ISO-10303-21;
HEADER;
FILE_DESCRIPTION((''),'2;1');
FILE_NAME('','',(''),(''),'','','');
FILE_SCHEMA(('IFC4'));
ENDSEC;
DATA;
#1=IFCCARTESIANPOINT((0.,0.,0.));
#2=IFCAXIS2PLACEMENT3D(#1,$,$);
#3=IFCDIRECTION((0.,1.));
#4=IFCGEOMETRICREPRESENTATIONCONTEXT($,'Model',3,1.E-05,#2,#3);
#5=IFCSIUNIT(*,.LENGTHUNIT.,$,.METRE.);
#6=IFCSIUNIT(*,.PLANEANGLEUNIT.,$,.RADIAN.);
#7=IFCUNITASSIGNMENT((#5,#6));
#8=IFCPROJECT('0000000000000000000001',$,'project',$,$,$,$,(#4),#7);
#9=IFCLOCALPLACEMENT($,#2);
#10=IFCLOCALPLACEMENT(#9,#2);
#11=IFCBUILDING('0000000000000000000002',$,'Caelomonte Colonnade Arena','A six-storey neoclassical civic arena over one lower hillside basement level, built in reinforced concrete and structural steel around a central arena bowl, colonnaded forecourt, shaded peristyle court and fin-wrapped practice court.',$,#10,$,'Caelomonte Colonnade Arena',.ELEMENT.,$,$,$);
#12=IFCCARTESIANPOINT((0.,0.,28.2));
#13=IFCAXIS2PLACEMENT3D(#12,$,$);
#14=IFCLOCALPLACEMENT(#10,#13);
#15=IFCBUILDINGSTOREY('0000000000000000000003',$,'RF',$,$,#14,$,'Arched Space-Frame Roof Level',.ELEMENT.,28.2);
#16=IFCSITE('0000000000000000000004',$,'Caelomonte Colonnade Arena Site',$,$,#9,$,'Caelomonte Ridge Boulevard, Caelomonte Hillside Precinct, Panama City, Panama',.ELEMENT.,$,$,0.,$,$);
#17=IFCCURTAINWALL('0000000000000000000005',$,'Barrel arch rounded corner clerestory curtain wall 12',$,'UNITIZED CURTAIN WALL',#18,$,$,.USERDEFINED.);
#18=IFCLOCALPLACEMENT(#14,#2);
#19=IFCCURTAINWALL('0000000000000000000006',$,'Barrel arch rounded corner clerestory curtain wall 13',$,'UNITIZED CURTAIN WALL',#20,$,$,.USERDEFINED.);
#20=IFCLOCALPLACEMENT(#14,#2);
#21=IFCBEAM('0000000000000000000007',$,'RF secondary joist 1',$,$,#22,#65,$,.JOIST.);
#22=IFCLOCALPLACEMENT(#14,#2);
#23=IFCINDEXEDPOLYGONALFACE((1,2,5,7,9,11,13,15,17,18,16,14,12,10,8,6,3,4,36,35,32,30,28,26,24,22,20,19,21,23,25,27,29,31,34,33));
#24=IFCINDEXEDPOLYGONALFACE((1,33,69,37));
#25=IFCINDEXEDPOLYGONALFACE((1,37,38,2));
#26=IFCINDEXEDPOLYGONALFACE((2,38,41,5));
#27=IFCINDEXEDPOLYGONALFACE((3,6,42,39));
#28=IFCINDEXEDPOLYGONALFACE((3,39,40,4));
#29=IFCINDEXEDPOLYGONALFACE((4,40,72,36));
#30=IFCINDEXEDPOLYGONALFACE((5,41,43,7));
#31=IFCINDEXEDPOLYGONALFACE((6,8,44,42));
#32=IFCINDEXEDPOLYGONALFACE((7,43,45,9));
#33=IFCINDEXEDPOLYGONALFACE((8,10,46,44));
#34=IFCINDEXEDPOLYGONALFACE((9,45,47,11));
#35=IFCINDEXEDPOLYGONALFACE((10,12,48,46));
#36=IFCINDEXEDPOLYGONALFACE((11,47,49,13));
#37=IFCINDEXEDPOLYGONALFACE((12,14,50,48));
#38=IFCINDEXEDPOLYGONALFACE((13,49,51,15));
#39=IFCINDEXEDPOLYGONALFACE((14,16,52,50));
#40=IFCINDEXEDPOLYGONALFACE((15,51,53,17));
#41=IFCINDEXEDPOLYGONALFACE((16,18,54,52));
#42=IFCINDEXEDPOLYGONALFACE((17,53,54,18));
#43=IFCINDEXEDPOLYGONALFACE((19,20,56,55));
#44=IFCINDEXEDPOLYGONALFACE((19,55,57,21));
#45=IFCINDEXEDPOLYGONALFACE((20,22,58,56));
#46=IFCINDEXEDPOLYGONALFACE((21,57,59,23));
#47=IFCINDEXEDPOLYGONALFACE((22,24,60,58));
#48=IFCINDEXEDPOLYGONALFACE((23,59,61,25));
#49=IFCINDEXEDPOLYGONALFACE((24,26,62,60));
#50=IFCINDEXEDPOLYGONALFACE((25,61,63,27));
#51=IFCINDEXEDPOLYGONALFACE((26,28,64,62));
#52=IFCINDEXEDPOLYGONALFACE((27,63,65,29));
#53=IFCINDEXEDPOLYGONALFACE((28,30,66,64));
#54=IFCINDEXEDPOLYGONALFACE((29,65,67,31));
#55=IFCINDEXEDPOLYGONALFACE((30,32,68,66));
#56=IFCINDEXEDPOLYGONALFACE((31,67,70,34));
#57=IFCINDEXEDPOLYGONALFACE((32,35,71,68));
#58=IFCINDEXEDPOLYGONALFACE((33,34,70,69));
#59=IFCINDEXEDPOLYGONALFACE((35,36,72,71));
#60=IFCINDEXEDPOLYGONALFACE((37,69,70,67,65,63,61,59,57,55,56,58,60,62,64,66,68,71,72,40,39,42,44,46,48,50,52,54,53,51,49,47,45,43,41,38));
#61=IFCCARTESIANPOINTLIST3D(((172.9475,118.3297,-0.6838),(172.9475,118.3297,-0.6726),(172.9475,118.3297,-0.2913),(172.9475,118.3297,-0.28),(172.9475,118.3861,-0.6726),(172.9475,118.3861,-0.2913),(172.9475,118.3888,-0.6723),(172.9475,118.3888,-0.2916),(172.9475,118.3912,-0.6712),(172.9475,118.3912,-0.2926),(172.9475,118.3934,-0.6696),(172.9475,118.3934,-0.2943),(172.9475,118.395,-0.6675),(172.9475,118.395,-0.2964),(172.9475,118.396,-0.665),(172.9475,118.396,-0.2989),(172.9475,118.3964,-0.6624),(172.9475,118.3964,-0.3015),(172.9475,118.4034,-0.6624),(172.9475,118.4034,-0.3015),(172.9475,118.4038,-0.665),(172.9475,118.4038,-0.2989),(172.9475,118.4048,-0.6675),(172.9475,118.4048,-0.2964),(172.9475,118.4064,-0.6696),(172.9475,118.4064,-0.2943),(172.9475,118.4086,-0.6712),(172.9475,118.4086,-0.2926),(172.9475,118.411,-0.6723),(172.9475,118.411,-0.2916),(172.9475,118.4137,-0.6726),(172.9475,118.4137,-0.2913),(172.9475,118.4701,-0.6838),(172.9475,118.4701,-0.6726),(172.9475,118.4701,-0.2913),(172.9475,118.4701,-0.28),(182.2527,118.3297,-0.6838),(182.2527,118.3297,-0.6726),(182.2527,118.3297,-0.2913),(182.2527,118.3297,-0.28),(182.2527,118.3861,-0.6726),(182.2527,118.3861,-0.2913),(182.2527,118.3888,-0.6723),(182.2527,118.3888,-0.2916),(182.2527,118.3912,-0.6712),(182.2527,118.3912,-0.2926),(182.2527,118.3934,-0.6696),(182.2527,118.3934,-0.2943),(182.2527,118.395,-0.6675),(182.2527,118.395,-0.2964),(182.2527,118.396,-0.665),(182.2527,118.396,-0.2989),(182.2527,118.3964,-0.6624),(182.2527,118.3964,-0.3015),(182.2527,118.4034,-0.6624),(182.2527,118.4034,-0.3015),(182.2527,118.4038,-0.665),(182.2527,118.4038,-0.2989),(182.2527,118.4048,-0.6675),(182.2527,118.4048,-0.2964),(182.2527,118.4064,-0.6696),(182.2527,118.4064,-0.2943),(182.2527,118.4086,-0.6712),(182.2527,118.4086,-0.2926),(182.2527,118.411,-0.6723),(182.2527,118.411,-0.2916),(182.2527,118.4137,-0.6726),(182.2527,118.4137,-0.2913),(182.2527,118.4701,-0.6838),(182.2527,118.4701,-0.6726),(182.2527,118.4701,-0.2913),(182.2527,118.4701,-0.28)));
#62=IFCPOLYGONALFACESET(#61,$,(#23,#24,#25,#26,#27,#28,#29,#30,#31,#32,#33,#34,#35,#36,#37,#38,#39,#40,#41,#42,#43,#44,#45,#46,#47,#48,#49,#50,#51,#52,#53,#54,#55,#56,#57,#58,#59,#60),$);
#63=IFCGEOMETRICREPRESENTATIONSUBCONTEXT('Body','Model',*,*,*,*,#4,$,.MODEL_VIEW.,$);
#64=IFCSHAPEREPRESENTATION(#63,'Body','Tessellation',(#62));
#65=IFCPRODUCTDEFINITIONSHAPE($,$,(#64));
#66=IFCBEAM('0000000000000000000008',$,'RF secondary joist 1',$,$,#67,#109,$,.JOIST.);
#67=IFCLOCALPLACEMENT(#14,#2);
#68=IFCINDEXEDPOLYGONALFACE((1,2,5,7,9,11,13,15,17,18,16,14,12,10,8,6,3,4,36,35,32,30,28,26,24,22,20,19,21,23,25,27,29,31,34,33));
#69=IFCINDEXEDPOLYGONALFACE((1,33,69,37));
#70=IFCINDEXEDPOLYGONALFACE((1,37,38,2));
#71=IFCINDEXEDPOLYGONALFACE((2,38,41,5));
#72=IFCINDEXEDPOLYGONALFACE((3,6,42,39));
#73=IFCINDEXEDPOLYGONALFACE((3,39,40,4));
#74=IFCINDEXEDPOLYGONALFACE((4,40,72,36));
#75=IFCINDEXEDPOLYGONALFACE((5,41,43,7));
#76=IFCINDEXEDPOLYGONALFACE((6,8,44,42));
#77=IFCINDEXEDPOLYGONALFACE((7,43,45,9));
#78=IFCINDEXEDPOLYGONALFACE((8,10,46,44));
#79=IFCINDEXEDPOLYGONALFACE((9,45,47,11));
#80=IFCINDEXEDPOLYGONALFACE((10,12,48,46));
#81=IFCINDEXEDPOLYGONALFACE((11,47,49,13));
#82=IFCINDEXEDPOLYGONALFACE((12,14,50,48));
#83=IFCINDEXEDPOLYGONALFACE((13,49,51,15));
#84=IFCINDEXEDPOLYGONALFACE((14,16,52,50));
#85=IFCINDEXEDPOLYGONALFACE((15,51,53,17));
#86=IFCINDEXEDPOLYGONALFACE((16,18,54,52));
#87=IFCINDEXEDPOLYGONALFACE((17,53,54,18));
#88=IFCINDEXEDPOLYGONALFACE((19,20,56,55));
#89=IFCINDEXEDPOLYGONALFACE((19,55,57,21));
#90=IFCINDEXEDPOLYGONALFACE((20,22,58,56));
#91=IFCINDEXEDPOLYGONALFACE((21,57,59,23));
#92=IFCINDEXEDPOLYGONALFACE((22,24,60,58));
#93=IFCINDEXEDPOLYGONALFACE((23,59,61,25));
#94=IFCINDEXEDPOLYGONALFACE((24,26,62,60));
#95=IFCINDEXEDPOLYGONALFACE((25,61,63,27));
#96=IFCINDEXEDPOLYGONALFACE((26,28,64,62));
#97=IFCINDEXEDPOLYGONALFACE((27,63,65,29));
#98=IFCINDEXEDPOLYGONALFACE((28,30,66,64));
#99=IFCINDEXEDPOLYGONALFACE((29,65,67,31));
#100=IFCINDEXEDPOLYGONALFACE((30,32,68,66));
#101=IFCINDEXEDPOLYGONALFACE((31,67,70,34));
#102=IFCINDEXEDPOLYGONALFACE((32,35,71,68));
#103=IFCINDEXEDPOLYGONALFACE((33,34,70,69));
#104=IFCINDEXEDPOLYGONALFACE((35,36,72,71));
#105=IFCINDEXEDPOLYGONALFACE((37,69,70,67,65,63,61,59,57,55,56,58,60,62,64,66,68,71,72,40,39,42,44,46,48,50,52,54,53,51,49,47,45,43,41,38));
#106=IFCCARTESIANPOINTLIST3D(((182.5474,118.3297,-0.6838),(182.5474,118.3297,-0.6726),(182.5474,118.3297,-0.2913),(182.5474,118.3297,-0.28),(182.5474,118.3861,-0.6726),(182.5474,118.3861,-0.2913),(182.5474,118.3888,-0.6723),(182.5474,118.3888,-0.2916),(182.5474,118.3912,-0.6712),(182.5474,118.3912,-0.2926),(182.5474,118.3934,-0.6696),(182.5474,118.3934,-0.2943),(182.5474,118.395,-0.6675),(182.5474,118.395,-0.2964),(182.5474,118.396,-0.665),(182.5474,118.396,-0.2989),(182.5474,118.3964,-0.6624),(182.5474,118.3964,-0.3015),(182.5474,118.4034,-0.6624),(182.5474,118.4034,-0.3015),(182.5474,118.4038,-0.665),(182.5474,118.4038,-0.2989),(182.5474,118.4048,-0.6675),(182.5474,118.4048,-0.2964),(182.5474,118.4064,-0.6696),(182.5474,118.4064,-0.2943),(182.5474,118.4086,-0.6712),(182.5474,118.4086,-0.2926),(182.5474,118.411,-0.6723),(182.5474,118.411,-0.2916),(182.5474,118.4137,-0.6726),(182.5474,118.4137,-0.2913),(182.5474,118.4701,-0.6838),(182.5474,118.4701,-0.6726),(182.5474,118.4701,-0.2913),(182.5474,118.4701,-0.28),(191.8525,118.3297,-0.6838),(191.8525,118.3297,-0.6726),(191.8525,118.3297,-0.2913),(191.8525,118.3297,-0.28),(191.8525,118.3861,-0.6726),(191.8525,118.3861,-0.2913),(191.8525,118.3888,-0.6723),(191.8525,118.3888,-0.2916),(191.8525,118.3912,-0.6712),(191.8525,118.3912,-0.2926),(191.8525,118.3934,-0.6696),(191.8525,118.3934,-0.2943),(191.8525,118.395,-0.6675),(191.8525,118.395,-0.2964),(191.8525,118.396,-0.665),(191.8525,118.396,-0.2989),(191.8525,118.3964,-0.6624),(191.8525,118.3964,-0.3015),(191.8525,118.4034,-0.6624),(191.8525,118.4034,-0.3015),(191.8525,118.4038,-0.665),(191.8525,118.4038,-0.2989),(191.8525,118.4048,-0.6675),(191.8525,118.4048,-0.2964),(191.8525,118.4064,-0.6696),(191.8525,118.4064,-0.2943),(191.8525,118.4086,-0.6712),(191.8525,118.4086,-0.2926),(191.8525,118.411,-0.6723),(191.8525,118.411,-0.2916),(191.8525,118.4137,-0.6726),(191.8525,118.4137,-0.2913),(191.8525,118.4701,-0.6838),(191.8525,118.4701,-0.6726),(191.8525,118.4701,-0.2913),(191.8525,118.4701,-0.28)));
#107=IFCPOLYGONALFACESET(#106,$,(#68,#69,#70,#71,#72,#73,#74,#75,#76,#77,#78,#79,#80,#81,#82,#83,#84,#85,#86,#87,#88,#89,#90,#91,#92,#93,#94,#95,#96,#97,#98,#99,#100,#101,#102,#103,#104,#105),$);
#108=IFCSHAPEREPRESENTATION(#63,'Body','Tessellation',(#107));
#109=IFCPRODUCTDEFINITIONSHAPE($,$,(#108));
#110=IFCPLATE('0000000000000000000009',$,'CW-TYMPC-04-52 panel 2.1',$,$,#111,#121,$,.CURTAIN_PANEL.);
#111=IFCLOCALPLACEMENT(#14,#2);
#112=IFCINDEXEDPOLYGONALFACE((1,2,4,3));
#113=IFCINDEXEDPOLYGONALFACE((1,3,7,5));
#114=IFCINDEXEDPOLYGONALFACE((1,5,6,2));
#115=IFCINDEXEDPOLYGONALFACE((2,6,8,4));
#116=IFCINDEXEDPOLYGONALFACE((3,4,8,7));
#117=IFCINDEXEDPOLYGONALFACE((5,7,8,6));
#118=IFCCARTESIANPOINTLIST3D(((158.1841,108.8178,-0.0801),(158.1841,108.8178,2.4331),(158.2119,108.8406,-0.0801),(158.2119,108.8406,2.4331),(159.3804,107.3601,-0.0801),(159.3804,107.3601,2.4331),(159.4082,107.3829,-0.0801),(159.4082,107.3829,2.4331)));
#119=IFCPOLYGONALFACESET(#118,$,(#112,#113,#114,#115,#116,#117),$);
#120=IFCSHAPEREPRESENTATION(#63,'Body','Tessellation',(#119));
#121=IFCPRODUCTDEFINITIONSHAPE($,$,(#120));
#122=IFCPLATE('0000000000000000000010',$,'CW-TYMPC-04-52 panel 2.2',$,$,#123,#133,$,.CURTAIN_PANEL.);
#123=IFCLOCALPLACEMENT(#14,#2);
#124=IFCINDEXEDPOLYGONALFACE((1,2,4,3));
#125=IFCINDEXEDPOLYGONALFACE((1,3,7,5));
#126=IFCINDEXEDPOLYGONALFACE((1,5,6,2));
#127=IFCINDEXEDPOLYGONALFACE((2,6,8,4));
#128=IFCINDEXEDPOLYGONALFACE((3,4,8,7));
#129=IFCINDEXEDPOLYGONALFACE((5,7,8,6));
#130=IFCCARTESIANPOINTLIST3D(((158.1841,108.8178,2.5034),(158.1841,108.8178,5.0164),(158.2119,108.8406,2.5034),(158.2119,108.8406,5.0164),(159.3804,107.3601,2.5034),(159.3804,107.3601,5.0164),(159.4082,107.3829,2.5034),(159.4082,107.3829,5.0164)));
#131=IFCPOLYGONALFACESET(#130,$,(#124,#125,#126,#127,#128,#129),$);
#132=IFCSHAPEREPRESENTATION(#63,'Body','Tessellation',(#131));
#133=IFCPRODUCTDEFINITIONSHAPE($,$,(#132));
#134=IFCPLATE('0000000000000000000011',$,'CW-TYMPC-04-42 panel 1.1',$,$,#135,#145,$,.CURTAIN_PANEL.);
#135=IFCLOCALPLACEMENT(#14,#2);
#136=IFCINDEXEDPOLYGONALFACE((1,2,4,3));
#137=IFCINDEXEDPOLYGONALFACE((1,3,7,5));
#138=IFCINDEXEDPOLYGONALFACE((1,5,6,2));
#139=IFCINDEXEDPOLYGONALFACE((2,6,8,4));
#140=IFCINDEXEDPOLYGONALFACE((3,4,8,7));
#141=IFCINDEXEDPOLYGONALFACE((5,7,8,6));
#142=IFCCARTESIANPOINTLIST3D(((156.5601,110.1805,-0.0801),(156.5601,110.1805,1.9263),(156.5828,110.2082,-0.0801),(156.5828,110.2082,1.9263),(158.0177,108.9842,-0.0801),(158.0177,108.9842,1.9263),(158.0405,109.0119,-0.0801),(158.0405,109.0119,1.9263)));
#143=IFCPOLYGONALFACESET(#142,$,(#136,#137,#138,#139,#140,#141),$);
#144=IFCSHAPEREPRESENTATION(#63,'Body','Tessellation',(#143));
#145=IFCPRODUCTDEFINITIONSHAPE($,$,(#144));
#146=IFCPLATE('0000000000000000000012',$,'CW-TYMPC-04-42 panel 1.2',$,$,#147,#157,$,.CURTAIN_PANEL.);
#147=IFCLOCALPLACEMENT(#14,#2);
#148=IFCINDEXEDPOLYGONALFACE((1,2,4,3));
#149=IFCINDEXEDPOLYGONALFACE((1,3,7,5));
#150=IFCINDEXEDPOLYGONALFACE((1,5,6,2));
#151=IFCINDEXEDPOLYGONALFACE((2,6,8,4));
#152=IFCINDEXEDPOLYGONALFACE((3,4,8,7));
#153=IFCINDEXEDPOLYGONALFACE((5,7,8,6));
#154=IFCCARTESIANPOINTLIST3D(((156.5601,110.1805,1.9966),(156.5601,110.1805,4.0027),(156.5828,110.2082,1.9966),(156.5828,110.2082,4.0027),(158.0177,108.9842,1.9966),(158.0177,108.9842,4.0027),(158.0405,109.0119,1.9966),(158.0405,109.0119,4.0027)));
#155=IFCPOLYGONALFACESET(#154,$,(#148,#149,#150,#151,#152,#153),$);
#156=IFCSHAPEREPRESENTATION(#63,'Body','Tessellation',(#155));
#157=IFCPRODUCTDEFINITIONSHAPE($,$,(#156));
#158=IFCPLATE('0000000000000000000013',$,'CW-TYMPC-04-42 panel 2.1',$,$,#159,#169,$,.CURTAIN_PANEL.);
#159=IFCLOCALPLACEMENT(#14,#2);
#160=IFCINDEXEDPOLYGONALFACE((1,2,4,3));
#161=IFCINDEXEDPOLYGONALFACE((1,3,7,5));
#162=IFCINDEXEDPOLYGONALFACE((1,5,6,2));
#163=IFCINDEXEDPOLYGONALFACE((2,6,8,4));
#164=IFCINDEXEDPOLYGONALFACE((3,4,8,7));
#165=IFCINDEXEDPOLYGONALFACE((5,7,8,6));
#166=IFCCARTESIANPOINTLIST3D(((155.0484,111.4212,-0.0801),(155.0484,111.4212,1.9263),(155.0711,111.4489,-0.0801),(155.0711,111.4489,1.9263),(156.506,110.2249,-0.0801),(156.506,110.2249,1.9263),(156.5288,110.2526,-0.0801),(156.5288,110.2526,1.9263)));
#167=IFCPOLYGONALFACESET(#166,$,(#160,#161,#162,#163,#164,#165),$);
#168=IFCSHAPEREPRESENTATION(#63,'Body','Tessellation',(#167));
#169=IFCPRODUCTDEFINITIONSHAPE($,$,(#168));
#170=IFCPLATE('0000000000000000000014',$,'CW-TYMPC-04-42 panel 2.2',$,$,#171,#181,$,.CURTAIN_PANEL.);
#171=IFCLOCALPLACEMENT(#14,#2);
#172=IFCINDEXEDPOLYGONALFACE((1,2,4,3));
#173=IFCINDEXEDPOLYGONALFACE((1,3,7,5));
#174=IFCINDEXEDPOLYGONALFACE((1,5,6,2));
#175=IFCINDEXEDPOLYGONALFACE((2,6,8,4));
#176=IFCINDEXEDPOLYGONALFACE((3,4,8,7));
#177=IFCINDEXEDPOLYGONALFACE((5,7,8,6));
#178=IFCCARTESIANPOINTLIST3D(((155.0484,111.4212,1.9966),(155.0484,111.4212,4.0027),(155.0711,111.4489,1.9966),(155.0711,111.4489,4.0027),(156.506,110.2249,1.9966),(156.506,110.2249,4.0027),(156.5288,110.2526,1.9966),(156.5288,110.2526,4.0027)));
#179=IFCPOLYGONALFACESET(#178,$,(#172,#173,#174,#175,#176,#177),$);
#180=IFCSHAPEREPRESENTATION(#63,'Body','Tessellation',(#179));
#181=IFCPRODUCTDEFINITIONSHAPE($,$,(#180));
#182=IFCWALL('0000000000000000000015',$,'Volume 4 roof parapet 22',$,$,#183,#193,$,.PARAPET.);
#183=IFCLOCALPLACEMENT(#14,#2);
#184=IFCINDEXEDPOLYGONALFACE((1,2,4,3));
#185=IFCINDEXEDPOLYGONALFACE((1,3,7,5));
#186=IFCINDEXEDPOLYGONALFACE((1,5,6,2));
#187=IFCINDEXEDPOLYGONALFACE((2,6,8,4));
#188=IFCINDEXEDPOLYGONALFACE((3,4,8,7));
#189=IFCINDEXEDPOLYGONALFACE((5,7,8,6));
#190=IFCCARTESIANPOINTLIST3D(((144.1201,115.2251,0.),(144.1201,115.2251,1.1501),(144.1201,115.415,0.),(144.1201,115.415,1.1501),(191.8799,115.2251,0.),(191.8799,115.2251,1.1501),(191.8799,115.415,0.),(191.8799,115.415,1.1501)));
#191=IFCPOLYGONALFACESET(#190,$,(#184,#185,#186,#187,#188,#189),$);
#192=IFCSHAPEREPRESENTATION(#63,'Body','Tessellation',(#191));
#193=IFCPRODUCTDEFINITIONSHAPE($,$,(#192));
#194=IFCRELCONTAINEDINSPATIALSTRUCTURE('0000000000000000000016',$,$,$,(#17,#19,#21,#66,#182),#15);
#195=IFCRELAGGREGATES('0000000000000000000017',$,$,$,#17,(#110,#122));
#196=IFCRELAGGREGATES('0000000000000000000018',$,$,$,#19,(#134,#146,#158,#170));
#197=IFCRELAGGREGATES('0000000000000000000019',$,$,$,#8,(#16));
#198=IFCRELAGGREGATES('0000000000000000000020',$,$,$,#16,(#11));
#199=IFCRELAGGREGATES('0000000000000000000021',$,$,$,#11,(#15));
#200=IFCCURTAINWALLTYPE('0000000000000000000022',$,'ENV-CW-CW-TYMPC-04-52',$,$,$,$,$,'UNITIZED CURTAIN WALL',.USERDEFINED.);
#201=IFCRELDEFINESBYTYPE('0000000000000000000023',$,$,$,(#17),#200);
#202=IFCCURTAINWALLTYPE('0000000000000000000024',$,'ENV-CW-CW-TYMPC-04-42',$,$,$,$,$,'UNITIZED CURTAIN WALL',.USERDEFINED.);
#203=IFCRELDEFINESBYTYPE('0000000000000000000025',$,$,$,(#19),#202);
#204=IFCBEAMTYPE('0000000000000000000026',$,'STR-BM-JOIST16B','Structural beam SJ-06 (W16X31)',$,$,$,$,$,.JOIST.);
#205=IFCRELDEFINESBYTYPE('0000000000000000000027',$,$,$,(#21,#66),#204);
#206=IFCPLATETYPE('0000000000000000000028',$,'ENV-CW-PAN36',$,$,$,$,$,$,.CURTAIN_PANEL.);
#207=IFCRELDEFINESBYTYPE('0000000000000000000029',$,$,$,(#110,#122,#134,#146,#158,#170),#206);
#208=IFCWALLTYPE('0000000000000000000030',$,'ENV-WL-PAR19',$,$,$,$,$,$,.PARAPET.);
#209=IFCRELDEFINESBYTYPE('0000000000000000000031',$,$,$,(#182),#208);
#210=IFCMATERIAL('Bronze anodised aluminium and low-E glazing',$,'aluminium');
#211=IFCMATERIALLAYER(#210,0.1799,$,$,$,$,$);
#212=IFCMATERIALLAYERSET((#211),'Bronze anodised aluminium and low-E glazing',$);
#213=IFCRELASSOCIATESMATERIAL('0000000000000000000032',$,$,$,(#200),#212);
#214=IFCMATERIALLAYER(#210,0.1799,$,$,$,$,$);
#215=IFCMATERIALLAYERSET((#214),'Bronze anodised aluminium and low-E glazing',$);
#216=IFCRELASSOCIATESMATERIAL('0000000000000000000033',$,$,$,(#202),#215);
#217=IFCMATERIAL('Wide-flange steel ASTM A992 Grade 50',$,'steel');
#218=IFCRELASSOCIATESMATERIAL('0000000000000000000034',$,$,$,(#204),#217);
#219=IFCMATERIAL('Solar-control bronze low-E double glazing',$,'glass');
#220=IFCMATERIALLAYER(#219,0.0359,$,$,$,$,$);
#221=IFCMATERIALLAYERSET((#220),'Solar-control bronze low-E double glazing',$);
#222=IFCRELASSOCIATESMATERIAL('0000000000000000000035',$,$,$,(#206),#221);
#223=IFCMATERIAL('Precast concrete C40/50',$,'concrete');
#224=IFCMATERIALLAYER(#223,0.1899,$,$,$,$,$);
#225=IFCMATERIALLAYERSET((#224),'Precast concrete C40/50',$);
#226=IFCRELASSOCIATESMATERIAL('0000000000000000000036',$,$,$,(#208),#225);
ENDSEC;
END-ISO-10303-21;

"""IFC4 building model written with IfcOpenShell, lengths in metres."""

from ifc_helpers import new_model, si_unit, direction, frame, frame_2d, origin, origin_2d, place, context, subcontext, project, spatial, rectangle, i_section, extrude, material, layer, layer_set, material_profile, profile_set, type_object, element, aggregate, save


model = new_model("IFC4")

# Units and contexts
model_context = context("Model", 3, precision=1e-05, world=origin(), true_north=direction((0.0, 1.0)))
body_context = subcontext(model_context, "Body", "Model", "MODEL_VIEW")
ifc_project = project(units=[si_unit("LENGTHUNIT", "METRE"), si_unit("PLANEANGLEUNIT", "RADIAN")], contexts=[model_context])

# Site, building, storey
site_placement = place(None, origin())
site = spatial("IfcSite", under=ifc_project, at=site_placement, Name="Caelomonte Colonnade Arena Site", LongName="Caelomonte Ridge Boulevard, Caelomonte Hillside Precinct, Panama City, Panama", CompositionType="ELEMENT", RefElevation=0.0)
building_placement = place(site_placement, origin())
building = spatial("IfcBuilding", under=site, at=building_placement, Name="Caelomonte Colonnade Arena", Description="A six-storey neoclassical civic arena over one lower hillside basement level, built in reinforced concrete and structural steel around a central arena bowl, colonnaded forecourt, shaded peristyle court and fin-wrapped practice court.", LongName="Caelomonte Colonnade Arena", CompositionType="ELEMENT")
storey_placement = place(building_placement, frame((0.0, 0.0, 28.2)))
storey = spatial("IfcBuildingStorey", under=building, at=storey_placement, Name="RF", LongName="Arched Space-Frame Roof Level", CompositionType="ELEMENT", Elevation=28.2)

# Curtain walls
ifc_material_1 = material(Name="Bronze anodised aluminium and low-E glazing", Category="aluminium")
ifc_layer_1 = layer(ifc_material_1, 0.1799)
ifc_layer_set_1 = layer_set([ifc_layer_1], Name="Bronze anodised aluminium and low-E glazing")
curtain_wall_type_1 = type_object("IfcCurtainWallType", Name="ENV-CW-CW-TYMPC-04-52", ElementType="UNITIZED CURTAIN WALL", PredefinedType="USERDEFINED", material=ifc_layer_set_1)
curtain_wall_1_placement = place(storey_placement, origin())
curtain_wall_1 = element("IfcCurtainWall", 1, at=curtain_wall_1_placement, inside=storey, type_object=curtain_wall_type_1, Name="Barrel arch rounded corner clerestory curtain wall 12", ObjectType="UNITIZED CURTAIN WALL", PredefinedType="USERDEFINED")
ifc_layer_2 = layer(ifc_material_1, 0.1799)
ifc_layer_set_2 = layer_set([ifc_layer_2], Name="Bronze anodised aluminium and low-E glazing")
curtain_wall_type_2 = type_object("IfcCurtainWallType", Name="ENV-CW-CW-TYMPC-04-42", ElementType="UNITIZED CURTAIN WALL", PredefinedType="USERDEFINED", material=ifc_layer_set_2)
curtain_wall_2_placement = place(storey_placement, origin())
curtain_wall_2 = element("IfcCurtainWall", 2, at=curtain_wall_2_placement, inside=storey, type_object=curtain_wall_type_2, Name="Barrel arch rounded corner clerestory curtain wall 13", ObjectType="UNITIZED CURTAIN WALL", PredefinedType="USERDEFINED")

# Beams
ifc_material_2 = material(Name="Wide-flange steel ASTM A992 Grade 50", Category="steel")
ifc_material_profile_1 = material_profile(ifc_material_2, i_section(OverallWidth=0.1404, OverallDepth=0.4038, WebThickness=0.0071, FlangeThickness=0.0112, FilletRadius=0.0103, at=origin_2d()), Name="W16X31")
ifc_profile_set_1 = profile_set([ifc_material_profile_1], Name="Wide-flange steel ASTM A992 Grade 50")
beam_type_1 = type_object("IfcBeamType", Name="STR-BM-JOIST16B", Description="Structural beam SJ-06 (W16X31)", PredefinedType="JOIST", material=ifc_profile_set_1)
for number, where, z_axis, x_axis, name in (
    (3, (172.9475, 118.3999, -0.4819), (1.0, 0.0, 0.0), (0.0, 1.0, 0.0), "RF secondary joist 1"),
    (4, (182.5474, 118.3999, -0.4819), (1.0, 0.0, 0.0), (0.0, 1.0, 0.0), "RF secondary joist 1"),
):
    element("IfcBeam", number, at=place(storey_placement, frame(where, z_axis=z_axis, x_axis=x_axis)), inside=storey, type_object=beam_type_1, Name=name, PredefinedType="JOIST", context=body_context, shape_type="SweptSolid", body=[
        extrude(i_section(OverallWidth=0.1404, OverallDepth=0.4038, WebThickness=0.0071, FlangeThickness=0.0112, FilletRadius=0.0103, at=origin_2d()), origin(), (0.0, 0.0, 1.0), 9.3052),
    ])

# Plates
ifc_material_3 = material(Name="Solar-control bronze low-E double glazing", Category="glass")
ifc_layer_3 = layer(ifc_material_3, 0.0359)
ifc_layer_set_3 = layer_set([ifc_layer_3], Name="Solar-control bronze low-E double glazing")
plate_type = type_object("IfcPlateType", Name="ENV-CW-PAN36", PredefinedType="CURTAIN_PANEL", material=ifc_layer_set_3)
plate_1_placement = place(storey_placement, frame((158.7961, 108.1003, -0.0801), z_axis=(0.0, 0.0, 1.0), x_axis=(-0.634405, 0.773001, 0.0)))
plate_1 = element("IfcPlate", 5, at=plate_1_placement, type_object=plate_type, Name="CW-TYMPC-04-52 panel 2.1", PredefinedType="CURTAIN_PANEL", context=body_context, shape_type="SweptSolid", body=[
    extrude(rectangle(XDim=1.8857, YDim=0.0359, at=origin_2d()), origin(), (0.0, 0.0, 1.0), 2.5132),
])
plate_2_placement = place(storey_placement, frame((158.7961, 108.1003, 2.5034), z_axis=(0.0, 0.0, 1.0), x_axis=(-0.634405, 0.773001, 0.0)))
plate_2 = element("IfcPlate", 6, at=plate_2_placement, type_object=plate_type, Name="CW-TYMPC-04-52 panel 2.2", PredefinedType="CURTAIN_PANEL", context=body_context, shape_type="SweptSolid", body=[
    extrude(rectangle(XDim=1.8857, YDim=0.0359, at=origin_2d()), origin(), (0.0, 0.0, 1.0), 2.5129),
])
aggregate(curtain_wall_1, [plate_1, plate_2])
plate_3_placement = place(storey_placement, frame((157.3003, 109.5962, -0.0801), z_axis=(0.0, 0.0, 1.0), x_axis=(-0.773001, 0.634405, 0.0)))
plate_3 = element("IfcPlate", 7, at=plate_3_placement, type_object=plate_type, Name="CW-TYMPC-04-42 panel 1.1", PredefinedType="CURTAIN_PANEL", context=body_context, shape_type="SweptSolid", body=[
    extrude(rectangle(XDim=1.8857, YDim=0.0359, at=origin_2d()), origin(), (0.0, 0.0, 1.0), 2.0063),
])
plate_4_placement = place(storey_placement, frame((157.3003, 109.5962, 1.9966), z_axis=(0.0, 0.0, 1.0), x_axis=(-0.773001, 0.634405, 0.0)))
plate_4 = element("IfcPlate", 8, at=plate_4_placement, type_object=plate_type, Name="CW-TYMPC-04-42 panel 1.2", PredefinedType="CURTAIN_PANEL", context=body_context, shape_type="SweptSolid", body=[
    extrude(rectangle(XDim=1.8857, YDim=0.0359, at=origin_2d()), origin(), (0.0, 0.0, 1.0), 2.0061),
])
plate_5_placement = place(storey_placement, frame((155.7886, 110.8369, -0.0801), z_axis=(0.0, 0.0, 1.0), x_axis=(-0.773001, 0.634405, 0.0)))
plate_5 = element("IfcPlate", 9, at=plate_5_placement, type_object=plate_type, Name="CW-TYMPC-04-42 panel 2.1", PredefinedType="CURTAIN_PANEL", context=body_context, shape_type="SweptSolid", body=[
    extrude(rectangle(XDim=1.8857, YDim=0.0359, at=origin_2d()), origin(), (0.0, 0.0, 1.0), 2.0063),
])
plate_6_placement = place(storey_placement, frame((155.7886, 110.8369, 1.9966), z_axis=(0.0, 0.0, 1.0), x_axis=(-0.773001, 0.634405, 0.0)))
plate_6 = element("IfcPlate", 10, at=plate_6_placement, type_object=plate_type, Name="CW-TYMPC-04-42 panel 2.2", PredefinedType="CURTAIN_PANEL", context=body_context, shape_type="SweptSolid", body=[
    extrude(rectangle(XDim=1.8857, YDim=0.0359, at=origin_2d()), origin(), (0.0, 0.0, 1.0), 2.0061),
])
aggregate(curtain_wall_2, [plate_3, plate_4, plate_5, plate_6])

# Wall
ifc_material_4 = material(Name="Precast concrete C40/50", Category="concrete")
ifc_layer_4 = layer(ifc_material_4, 0.1899)
ifc_layer_set_4 = layer_set([ifc_layer_4], Name="Precast concrete C40/50")
wall_type_1 = type_object("IfcWallType", Name="ENV-WL-PAR19", PredefinedType="PARAPET", material=ifc_layer_set_4)
wall_1_placement = place(storey_placement, frame((191.8799, 115.3201, 0.0), z_axis=(0.0, 0.0, 1.0), x_axis=(-1.0, 0.0, 0.0)))
element("IfcWall", 11, at=wall_1_placement, inside=storey, type_object=wall_type_1, Name="Volume 4 roof parapet 22", PredefinedType="PARAPET", context=body_context, shape_type="SweptSolid", body=[
    extrude(rectangle(XDim=47.7598, YDim=0.1899, at=frame_2d((23.8799, 0.0))), origin(), (0.0, 0.0, 1.0), 1.1501),
])

save(model, "model.ifc")
